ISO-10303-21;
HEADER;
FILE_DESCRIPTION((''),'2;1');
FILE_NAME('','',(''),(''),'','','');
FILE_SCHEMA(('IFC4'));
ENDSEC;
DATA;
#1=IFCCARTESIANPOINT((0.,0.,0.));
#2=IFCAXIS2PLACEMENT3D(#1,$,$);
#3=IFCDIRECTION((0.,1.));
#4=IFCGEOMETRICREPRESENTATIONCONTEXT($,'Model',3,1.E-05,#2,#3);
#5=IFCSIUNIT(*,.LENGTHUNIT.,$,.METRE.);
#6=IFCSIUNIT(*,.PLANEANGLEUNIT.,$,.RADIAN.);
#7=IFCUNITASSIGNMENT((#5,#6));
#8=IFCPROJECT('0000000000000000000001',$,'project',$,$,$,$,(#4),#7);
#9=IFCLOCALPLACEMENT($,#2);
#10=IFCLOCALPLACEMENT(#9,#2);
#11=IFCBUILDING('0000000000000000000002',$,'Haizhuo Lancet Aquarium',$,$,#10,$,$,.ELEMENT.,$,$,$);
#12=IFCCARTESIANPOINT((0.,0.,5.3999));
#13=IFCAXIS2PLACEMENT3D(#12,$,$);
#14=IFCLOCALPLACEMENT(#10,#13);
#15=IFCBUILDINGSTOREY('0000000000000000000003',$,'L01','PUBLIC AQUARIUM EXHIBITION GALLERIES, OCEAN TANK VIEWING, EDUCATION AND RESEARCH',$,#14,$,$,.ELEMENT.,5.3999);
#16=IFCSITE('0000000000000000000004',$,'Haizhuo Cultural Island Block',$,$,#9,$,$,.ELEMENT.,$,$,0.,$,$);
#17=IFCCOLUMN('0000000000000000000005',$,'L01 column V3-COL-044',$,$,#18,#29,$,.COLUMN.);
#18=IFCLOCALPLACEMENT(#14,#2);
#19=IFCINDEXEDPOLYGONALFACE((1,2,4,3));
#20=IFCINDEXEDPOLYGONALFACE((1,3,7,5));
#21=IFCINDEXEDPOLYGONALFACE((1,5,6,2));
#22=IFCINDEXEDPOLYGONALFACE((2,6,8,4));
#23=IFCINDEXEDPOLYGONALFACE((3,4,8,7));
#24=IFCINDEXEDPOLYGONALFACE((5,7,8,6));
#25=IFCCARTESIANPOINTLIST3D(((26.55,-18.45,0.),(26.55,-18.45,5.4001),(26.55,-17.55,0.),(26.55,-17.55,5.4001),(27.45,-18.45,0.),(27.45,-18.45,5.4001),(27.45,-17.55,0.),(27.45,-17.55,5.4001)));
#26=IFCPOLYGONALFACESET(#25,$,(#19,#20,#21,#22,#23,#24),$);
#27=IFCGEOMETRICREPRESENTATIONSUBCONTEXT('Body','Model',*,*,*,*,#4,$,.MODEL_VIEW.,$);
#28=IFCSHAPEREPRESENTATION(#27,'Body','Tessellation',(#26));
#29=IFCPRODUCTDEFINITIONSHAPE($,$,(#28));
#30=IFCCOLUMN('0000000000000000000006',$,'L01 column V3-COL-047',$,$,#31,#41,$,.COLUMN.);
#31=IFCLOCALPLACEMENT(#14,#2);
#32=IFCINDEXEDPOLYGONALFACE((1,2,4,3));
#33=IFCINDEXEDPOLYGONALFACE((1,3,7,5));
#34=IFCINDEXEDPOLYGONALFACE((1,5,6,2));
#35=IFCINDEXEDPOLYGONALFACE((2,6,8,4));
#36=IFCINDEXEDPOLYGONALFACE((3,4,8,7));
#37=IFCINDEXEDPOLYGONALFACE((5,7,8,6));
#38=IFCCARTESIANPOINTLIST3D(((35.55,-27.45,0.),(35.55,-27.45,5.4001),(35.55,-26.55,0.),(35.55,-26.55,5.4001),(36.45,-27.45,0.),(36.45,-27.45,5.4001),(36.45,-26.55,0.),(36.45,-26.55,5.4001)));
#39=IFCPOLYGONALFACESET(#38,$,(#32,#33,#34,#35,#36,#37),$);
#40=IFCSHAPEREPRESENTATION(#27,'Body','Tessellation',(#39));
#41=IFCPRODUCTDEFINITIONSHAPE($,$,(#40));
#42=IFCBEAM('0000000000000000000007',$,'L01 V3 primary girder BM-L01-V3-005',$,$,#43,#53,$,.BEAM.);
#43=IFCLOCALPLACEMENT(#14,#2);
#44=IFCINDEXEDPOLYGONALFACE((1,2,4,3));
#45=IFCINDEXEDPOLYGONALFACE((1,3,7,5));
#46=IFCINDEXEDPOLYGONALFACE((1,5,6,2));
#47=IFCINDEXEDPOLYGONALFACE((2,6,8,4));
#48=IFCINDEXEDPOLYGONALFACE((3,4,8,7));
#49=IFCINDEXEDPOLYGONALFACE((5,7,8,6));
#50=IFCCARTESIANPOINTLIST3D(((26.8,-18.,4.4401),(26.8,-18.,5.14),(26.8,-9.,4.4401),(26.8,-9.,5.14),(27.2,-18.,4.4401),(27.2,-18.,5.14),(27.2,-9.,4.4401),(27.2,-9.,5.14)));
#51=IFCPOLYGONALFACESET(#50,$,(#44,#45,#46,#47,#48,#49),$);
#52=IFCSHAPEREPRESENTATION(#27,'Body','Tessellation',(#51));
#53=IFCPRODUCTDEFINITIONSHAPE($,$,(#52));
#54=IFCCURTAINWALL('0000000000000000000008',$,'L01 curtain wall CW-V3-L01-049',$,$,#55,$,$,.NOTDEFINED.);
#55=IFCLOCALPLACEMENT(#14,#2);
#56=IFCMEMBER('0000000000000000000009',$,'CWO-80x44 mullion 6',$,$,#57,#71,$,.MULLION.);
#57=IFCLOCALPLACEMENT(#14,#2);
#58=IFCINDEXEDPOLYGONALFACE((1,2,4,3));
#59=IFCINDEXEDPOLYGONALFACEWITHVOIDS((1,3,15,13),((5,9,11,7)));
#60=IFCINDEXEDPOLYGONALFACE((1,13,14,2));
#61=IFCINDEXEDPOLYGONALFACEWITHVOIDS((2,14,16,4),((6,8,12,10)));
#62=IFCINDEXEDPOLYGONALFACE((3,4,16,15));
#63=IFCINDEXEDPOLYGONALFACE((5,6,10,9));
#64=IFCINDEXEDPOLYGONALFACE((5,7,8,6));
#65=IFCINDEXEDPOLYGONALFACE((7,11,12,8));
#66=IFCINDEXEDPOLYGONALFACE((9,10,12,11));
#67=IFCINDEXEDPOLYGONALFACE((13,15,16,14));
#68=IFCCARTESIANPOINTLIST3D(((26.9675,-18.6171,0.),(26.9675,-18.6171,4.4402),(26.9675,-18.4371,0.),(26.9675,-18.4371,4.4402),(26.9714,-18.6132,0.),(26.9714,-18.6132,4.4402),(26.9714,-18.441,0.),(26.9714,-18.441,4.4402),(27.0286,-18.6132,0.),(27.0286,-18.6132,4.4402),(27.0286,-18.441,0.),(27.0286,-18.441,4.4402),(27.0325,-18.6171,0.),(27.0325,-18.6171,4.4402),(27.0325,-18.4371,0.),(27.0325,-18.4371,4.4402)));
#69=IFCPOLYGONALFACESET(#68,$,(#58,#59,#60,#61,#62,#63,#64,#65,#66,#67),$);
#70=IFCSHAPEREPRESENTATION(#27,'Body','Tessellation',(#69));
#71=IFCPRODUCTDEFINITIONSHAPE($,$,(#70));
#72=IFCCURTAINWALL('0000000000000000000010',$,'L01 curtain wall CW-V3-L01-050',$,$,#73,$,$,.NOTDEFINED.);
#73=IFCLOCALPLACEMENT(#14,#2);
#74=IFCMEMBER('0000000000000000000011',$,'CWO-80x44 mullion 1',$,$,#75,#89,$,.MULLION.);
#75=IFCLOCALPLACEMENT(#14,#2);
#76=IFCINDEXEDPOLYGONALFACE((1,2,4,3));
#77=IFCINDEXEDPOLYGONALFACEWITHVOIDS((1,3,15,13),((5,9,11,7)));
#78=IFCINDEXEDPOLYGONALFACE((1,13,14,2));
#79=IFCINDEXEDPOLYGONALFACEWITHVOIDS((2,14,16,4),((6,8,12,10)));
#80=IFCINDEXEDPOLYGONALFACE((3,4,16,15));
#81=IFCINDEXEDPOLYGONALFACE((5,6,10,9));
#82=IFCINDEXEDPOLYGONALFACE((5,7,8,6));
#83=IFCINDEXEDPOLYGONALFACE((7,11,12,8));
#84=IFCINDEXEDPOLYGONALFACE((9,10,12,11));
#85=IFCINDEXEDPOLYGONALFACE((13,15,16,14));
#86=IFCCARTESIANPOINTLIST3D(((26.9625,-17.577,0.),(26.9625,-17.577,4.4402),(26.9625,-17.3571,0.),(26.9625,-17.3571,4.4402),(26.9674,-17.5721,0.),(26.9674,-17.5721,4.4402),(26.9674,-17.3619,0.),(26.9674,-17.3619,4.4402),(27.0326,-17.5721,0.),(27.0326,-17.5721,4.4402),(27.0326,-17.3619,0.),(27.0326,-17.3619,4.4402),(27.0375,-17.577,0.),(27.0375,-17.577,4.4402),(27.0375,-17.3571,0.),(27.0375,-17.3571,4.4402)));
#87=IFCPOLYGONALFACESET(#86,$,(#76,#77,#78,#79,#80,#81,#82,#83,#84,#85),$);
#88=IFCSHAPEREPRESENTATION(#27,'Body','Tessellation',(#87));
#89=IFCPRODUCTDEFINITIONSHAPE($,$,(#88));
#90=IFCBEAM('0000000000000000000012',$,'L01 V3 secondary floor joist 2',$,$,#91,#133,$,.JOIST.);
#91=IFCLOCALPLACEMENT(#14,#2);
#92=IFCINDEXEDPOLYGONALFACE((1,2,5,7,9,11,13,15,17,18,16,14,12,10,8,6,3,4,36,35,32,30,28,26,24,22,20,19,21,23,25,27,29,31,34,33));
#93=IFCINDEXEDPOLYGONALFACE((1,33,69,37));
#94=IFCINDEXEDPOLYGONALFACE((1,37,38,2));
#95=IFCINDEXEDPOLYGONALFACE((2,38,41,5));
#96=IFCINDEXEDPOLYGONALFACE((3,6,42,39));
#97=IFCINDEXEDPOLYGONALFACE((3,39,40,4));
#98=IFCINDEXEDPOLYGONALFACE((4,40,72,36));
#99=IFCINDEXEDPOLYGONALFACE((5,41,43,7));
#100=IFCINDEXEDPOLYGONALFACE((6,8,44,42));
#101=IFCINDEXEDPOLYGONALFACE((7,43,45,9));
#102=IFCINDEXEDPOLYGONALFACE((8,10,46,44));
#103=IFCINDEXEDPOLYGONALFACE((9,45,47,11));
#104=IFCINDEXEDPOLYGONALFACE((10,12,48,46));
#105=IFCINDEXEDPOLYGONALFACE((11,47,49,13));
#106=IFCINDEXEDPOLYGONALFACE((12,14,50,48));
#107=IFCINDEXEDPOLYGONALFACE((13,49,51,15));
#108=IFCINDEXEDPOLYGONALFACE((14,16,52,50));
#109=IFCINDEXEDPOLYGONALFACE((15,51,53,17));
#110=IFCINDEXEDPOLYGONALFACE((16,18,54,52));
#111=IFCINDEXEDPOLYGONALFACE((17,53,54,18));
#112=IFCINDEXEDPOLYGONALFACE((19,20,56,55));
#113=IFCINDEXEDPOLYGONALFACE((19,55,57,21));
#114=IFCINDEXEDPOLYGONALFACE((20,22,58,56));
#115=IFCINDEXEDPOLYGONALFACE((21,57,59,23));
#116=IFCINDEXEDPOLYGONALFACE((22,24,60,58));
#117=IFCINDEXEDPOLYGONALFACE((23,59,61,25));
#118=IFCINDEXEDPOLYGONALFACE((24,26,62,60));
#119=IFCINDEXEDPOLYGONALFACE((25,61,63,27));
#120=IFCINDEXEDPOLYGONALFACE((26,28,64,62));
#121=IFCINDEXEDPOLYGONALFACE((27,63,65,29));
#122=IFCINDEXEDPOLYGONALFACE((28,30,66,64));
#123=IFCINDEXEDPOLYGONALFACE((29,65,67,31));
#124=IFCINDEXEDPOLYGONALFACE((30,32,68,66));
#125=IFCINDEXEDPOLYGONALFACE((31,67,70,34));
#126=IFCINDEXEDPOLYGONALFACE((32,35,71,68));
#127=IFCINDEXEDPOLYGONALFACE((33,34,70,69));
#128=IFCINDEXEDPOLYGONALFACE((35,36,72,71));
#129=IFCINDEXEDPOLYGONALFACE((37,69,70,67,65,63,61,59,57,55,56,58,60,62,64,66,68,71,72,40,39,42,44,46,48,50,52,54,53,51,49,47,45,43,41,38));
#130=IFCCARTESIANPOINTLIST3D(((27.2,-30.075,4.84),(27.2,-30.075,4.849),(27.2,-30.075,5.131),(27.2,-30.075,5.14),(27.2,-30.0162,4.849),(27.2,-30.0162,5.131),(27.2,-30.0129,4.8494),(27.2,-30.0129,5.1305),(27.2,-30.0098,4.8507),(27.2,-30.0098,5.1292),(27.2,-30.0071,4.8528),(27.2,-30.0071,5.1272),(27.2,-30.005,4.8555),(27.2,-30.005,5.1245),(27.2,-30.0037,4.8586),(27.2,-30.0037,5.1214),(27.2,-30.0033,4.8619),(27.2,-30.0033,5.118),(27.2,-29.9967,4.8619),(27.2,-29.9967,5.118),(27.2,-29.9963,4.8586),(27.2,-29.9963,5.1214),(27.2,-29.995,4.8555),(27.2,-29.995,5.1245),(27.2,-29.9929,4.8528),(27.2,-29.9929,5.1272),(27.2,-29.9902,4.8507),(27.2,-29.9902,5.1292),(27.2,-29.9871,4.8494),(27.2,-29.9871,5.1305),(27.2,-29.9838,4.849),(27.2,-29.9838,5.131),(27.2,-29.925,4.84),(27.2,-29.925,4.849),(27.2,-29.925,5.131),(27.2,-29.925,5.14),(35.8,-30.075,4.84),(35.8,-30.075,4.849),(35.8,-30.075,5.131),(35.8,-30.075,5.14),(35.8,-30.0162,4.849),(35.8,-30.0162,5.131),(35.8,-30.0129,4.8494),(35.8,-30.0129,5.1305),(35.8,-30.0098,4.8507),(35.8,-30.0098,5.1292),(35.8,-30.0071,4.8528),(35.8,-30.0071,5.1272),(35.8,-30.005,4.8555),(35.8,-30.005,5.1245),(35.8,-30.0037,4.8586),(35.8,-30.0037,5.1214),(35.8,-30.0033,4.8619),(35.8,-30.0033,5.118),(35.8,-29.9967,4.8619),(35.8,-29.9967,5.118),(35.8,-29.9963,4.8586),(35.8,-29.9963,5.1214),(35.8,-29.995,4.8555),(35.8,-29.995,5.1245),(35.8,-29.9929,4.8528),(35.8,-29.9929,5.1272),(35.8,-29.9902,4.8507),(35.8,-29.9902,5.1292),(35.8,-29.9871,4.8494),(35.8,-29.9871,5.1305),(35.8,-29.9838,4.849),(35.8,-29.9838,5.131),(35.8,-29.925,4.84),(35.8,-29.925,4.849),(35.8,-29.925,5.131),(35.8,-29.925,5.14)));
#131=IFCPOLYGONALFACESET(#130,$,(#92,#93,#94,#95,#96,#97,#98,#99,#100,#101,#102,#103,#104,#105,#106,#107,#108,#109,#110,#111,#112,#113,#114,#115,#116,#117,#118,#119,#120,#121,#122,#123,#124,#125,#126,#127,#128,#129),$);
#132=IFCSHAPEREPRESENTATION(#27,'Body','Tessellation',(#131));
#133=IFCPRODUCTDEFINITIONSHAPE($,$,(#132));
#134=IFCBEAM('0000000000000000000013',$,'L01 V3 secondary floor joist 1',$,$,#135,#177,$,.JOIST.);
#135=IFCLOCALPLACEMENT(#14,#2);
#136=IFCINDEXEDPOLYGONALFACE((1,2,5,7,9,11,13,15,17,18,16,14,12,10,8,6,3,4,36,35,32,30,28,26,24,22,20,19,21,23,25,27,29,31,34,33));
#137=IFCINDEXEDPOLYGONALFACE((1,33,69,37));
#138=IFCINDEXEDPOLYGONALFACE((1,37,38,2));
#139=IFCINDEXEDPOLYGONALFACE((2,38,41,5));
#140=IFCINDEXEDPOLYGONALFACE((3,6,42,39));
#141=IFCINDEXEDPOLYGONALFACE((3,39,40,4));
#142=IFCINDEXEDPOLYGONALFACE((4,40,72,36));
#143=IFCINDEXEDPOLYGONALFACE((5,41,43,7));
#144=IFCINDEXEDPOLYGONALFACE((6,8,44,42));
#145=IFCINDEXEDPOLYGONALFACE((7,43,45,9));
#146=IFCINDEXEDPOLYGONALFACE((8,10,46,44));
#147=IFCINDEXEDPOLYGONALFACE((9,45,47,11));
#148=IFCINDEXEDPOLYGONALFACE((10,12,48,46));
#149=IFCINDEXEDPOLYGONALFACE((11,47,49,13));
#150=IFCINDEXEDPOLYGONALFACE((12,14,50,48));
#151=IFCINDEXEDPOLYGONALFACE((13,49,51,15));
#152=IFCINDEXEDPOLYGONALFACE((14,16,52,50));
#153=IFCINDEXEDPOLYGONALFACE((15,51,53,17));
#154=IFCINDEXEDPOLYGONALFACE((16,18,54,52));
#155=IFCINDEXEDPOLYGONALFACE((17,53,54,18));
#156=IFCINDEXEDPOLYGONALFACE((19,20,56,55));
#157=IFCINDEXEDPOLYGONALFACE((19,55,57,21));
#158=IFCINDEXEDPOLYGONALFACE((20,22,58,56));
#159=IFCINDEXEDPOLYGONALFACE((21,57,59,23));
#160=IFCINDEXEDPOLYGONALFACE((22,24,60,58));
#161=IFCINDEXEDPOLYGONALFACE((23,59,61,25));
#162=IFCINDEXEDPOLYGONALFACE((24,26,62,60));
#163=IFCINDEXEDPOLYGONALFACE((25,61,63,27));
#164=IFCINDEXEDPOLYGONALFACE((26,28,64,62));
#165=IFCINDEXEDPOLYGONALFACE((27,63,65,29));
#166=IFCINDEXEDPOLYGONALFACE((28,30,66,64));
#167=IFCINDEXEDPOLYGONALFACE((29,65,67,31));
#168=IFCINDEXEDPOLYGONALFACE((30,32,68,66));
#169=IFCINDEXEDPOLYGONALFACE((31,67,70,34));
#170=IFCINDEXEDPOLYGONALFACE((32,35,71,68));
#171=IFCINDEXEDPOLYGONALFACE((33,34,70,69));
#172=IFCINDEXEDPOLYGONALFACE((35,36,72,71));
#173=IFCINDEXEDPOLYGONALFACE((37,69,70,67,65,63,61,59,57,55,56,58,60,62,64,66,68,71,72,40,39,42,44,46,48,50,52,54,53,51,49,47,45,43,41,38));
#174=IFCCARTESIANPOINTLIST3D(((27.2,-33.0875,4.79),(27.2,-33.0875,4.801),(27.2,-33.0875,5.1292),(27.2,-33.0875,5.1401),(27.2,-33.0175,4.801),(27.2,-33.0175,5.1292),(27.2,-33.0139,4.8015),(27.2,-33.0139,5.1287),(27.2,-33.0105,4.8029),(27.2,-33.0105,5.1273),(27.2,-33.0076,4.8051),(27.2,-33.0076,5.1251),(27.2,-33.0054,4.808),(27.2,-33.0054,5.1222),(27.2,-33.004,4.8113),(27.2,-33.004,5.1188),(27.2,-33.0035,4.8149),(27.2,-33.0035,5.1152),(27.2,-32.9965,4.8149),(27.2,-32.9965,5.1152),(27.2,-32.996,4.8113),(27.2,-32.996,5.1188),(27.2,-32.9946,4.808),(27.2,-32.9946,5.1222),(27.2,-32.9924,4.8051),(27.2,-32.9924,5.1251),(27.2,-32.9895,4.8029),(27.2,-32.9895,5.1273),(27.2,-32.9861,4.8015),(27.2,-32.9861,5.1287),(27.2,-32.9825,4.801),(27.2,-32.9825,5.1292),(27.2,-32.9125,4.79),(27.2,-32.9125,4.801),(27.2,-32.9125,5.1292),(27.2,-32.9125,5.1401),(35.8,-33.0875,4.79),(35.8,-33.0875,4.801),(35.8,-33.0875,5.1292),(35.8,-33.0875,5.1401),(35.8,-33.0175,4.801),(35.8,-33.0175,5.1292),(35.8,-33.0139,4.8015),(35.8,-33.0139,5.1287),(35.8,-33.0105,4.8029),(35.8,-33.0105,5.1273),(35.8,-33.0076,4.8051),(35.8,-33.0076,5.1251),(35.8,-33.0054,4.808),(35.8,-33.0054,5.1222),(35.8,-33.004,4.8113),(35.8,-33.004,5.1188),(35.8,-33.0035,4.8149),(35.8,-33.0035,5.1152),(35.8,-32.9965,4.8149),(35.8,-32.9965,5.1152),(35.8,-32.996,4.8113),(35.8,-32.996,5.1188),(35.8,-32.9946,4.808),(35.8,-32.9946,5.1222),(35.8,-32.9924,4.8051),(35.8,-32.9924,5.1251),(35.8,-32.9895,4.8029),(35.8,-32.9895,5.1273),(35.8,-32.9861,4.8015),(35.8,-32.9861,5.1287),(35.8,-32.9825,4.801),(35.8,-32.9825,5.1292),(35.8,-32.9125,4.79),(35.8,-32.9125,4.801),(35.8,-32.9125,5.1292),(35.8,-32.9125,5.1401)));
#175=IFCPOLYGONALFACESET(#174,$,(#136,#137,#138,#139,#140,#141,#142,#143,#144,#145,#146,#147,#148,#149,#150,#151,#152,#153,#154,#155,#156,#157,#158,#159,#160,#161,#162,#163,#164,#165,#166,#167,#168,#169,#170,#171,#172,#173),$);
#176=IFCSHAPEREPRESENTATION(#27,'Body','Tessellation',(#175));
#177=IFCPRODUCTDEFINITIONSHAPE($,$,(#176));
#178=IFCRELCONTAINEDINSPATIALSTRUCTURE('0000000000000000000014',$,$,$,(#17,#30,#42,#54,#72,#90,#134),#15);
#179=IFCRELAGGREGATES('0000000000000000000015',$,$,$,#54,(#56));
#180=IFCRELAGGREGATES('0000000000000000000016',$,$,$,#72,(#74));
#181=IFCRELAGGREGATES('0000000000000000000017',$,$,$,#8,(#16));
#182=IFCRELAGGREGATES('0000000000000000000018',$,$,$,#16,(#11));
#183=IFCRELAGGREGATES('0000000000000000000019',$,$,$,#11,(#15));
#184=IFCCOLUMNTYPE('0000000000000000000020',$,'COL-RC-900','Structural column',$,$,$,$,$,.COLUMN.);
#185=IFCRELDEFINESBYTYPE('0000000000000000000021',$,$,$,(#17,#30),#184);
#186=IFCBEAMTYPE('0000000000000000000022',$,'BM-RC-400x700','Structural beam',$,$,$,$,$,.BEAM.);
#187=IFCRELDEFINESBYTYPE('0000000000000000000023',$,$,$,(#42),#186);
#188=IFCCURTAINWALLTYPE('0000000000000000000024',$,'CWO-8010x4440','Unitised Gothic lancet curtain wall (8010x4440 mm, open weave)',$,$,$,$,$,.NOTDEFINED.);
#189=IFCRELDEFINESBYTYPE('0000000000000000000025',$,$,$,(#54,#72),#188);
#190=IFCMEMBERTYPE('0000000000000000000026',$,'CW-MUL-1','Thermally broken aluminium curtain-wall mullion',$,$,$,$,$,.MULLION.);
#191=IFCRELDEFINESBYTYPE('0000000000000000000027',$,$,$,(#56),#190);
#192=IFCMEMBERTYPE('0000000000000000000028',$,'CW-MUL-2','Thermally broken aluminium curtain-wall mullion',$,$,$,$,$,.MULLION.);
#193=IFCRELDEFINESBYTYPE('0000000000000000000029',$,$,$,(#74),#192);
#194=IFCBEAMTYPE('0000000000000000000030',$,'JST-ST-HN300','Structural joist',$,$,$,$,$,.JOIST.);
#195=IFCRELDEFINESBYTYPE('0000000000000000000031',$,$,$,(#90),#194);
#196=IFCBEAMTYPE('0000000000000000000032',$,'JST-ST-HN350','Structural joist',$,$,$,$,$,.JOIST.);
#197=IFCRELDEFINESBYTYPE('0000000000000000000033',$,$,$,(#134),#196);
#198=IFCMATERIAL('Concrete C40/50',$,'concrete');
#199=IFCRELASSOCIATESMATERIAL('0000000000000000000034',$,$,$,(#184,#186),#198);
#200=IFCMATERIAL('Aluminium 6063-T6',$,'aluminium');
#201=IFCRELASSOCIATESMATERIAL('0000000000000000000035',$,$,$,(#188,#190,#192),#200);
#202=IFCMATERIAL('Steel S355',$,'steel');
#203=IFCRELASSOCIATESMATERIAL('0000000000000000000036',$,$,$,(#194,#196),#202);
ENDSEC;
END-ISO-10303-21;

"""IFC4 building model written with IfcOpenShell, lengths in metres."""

from ifc_helpers import new_model, si_unit, direction, frame, origin, origin_2d, place, context, subcontext, project, spatial, rectangle, hollow_rectangle, i_section, extrude, material, material_profile, profile_set, type_object, element, aggregate, save


model = new_model("IFC4")

# Units and contexts
model_context = context("Model", 3, precision=1e-05, world=origin(), true_north=direction((0.0, 1.0)))
body_context = subcontext(model_context, "Body", "Model", "MODEL_VIEW")
ifc_project = project(units=[si_unit("LENGTHUNIT", "METRE"), si_unit("PLANEANGLEUNIT", "RADIAN")], contexts=[model_context])

# Site, building, storey
site_placement = place(None, origin())
site = spatial("IfcSite", under=ifc_project, at=site_placement, Name="Haizhuo Cultural Island Block", CompositionType="ELEMENT", RefElevation=0.0)
building_placement = place(site_placement, origin())
building = spatial("IfcBuilding", under=site, at=building_placement, Name="Haizhuo Lancet Aquarium", CompositionType="ELEMENT")
storey_placement = place(building_placement, frame((0.0, 0.0, 5.3999)))
storey = spatial("IfcBuildingStorey", under=building, at=storey_placement, Name="L01", Description="PUBLIC AQUARIUM EXHIBITION GALLERIES, OCEAN TANK VIEWING, EDUCATION AND RESEARCH", CompositionType="ELEMENT", Elevation=5.3999)

# Columns
ifc_material_1 = material(Name="Concrete C40/50", Category="concrete")
ifc_material_profile_1 = material_profile(ifc_material_1, rectangle(XDim=0.8999, YDim=0.8999, at=origin_2d()), Name="RC-COL 900x900")
ifc_profile_set_1 = profile_set([ifc_material_profile_1], Name="Concrete C40/50")
column_type = type_object("IfcColumnType", Name="COL-RC-900", Description="Structural column", PredefinedType="COLUMN", material=ifc_profile_set_1)
for number, where, z_axis, x_axis, name in (
    (1, (27.0, -18.0, 0.0), (0.0, 0.0, 1.0), (1.0, 0.0, 0.0), "L01 column V3-COL-044"),
    (2, (36.0, -27.0, 0.0), (0.0, 0.0, 1.0), (1.0, 0.0, 0.0), "L01 column V3-COL-047"),
):
    element("IfcColumn", number, at=place(storey_placement, frame(where, z_axis=z_axis, x_axis=x_axis)), inside=storey, type_object=column_type, Name=name, PredefinedType="COLUMN", context=body_context, shape_type="SweptSolid", body=[
        extrude(rectangle(XDim=0.8999, YDim=0.8999, at=origin_2d()), origin(), (0.0, 0.0, 1.0), 5.4001),
    ])

# Beam
ifc_material_profile_2 = material_profile(ifc_material_1, rectangle(XDim=0.3999, YDim=0.7, at=origin_2d()), Name="RC-BM 400x700")
ifc_profile_set_2 = profile_set([ifc_material_profile_2], Name="Concrete C40/50")
beam_type_1 = type_object("IfcBeamType", Name="BM-RC-400x700", Description="Structural beam", PredefinedType="BEAM", material=ifc_profile_set_2)
beam_1_placement = place(storey_placement, frame((27.0, -18.0, 4.79), z_axis=(0.0, 1.0, 0.0), x_axis=(-1.0, 0.0, 0.0)))
element("IfcBeam", 3, at=beam_1_placement, inside=storey, type_object=beam_type_1, Name="L01 V3 primary girder BM-L01-V3-005", PredefinedType="BEAM", context=body_context, shape_type="SweptSolid", body=[
    extrude(rectangle(XDim=0.3999, YDim=0.7, at=origin_2d()), origin(), (0.0, 0.0, 1.0), 9.0),
])

# Curtain walls, members
ifc_material_2 = material(Name="Aluminium 6063-T6", Category="aluminium")
curtain_wall_type = type_object("IfcCurtainWallType", Name="CWO-8010x4440", Description="Unitised Gothic lancet curtain wall (8010x4440 mm, open weave)", PredefinedType="NOTDEFINED", material=ifc_material_2)
curtain_wall_1_placement = place(storey_placement, origin())
curtain_wall_1 = element("IfcCurtainWall", 4, at=curtain_wall_1_placement, inside=storey, type_object=curtain_wall_type, Name="L01 curtain wall CW-V3-L01-049", PredefinedType="NOTDEFINED")
ifc_material_profile_3 = material_profile(ifc_material_2, hollow_rectangle(XDim=0.0649, YDim=0.1799, WallThickness=0.0039, at=origin_2d()), Name="ALU-M 65x180x4")
ifc_profile_set_3 = profile_set([ifc_material_profile_3], Name="Aluminium 6063-T6")
member_type_1 = type_object("IfcMemberType", Name="CW-MUL-1", Description="Thermally broken aluminium curtain-wall mullion", PredefinedType="MULLION", material=ifc_profile_set_3)
member_1_placement = place(storey_placement, frame((27.0, -18.5271, 0.0), z_axis=(0.0, 0.0, 1.0), x_axis=(-1.0, 0.0, 0.0)))
member_1 = element("IfcMember", 5, at=member_1_placement, type_object=member_type_1, Name="CWO-80x44 mullion 6", PredefinedType="MULLION", context=body_context, shape_type="SweptSolid", body=[
    extrude(hollow_rectangle(XDim=0.0649, YDim=0.1799, WallThickness=0.0039, at=origin_2d()), origin(), (0.0, 0.0, 1.0), 4.4402),
])
aggregate(curtain_wall_1, [member_1])
curtain_wall_2_placement = place(storey_placement, origin())
curtain_wall_2 = element("IfcCurtainWall", 6, at=curtain_wall_2_placement, inside=storey, type_object=curtain_wall_type, Name="L01 curtain wall CW-V3-L01-050", PredefinedType="NOTDEFINED")
ifc_material_profile_4 = material_profile(ifc_material_2, hollow_rectangle(XDim=0.075, YDim=0.22, WallThickness=0.0049, at=origin_2d()), Name="ALU-M 75x220x5")
ifc_profile_set_4 = profile_set([ifc_material_profile_4], Name="Aluminium 6063-T6")
member_type_2 = type_object("IfcMemberType", Name="CW-MUL-2", Description="Thermally broken aluminium curtain-wall mullion", PredefinedType="MULLION", material=ifc_profile_set_4)
member_2_placement = place(storey_placement, frame((27.0, -17.467, 0.0), z_axis=(0.0, 0.0, 1.0), x_axis=(-1.0, 0.0, 0.0)))
member_2 = element("IfcMember", 7, at=member_2_placement, type_object=member_type_2, Name="CWO-80x44 mullion 1", PredefinedType="MULLION", context=body_context, shape_type="SweptSolid", body=[
    extrude(hollow_rectangle(XDim=0.075, YDim=0.22, WallThickness=0.0049, at=origin_2d()), origin(), (0.0, 0.0, 1.0), 4.4402),
])
aggregate(curtain_wall_2, [member_2])

# Beams
ifc_material_3 = material(Name="Steel S355", Category="steel")
ifc_material_profile_5 = material_profile(ifc_material_3, i_section(OverallWidth=0.1499, OverallDepth=0.3, WebThickness=0.0066, FlangeThickness=0.009, FilletRadius=0.0129, at=origin_2d()), Name="HN 300x150x6.5x9")
ifc_profile_set_5 = profile_set([ifc_material_profile_5], Name="Steel S355")
beam_type_2 = type_object("IfcBeamType", Name="JST-ST-HN300", Description="Structural joist", PredefinedType="JOIST", material=ifc_profile_set_5)
beam_2_placement = place(storey_placement, frame((27.2, -30.0, 4.99), z_axis=(1.0, 0.0, 0.0), x_axis=(0.0, 1.0, 0.0)))
element("IfcBeam", 8, at=beam_2_placement, inside=storey, type_object=beam_type_2, Name="L01 V3 secondary floor joist 2", PredefinedType="JOIST", context=body_context, shape_type="SweptSolid", body=[
    extrude(i_section(OverallWidth=0.1499, OverallDepth=0.3, WebThickness=0.0066, FlangeThickness=0.009, FilletRadius=0.0129, at=origin_2d()), origin(), (0.0, 0.0, 1.0), 8.6001),
])
ifc_material_profile_6 = material_profile(ifc_material_3, i_section(OverallWidth=0.175, OverallDepth=0.3501, WebThickness=0.0071, FlangeThickness=0.011, FilletRadius=0.0139, at=origin_2d()), Name="HN 350x175x7x11")
ifc_profile_set_6 = profile_set([ifc_material_profile_6], Name="Steel S355")
beam_type_3 = type_object("IfcBeamType", Name="JST-ST-HN350", Description="Structural joist", PredefinedType="JOIST", material=ifc_profile_set_6)
beam_3_placement = place(storey_placement, frame((27.2, -33.0, 4.9651), z_axis=(1.0, 0.0, 0.0), x_axis=(0.0, 1.0, 0.0)))
element("IfcBeam", 9, at=beam_3_placement, inside=storey, type_object=beam_type_3, Name="L01 V3 secondary floor joist 1", PredefinedType="JOIST", context=body_context, shape_type="SweptSolid", body=[
    extrude(i_section(OverallWidth=0.175, OverallDepth=0.3501, WebThickness=0.0071, FlangeThickness=0.011, FilletRadius=0.0139, at=origin_2d()), origin(), (0.0, 0.0, 1.0), 8.6001),
])

save(model, "model.ifc")
